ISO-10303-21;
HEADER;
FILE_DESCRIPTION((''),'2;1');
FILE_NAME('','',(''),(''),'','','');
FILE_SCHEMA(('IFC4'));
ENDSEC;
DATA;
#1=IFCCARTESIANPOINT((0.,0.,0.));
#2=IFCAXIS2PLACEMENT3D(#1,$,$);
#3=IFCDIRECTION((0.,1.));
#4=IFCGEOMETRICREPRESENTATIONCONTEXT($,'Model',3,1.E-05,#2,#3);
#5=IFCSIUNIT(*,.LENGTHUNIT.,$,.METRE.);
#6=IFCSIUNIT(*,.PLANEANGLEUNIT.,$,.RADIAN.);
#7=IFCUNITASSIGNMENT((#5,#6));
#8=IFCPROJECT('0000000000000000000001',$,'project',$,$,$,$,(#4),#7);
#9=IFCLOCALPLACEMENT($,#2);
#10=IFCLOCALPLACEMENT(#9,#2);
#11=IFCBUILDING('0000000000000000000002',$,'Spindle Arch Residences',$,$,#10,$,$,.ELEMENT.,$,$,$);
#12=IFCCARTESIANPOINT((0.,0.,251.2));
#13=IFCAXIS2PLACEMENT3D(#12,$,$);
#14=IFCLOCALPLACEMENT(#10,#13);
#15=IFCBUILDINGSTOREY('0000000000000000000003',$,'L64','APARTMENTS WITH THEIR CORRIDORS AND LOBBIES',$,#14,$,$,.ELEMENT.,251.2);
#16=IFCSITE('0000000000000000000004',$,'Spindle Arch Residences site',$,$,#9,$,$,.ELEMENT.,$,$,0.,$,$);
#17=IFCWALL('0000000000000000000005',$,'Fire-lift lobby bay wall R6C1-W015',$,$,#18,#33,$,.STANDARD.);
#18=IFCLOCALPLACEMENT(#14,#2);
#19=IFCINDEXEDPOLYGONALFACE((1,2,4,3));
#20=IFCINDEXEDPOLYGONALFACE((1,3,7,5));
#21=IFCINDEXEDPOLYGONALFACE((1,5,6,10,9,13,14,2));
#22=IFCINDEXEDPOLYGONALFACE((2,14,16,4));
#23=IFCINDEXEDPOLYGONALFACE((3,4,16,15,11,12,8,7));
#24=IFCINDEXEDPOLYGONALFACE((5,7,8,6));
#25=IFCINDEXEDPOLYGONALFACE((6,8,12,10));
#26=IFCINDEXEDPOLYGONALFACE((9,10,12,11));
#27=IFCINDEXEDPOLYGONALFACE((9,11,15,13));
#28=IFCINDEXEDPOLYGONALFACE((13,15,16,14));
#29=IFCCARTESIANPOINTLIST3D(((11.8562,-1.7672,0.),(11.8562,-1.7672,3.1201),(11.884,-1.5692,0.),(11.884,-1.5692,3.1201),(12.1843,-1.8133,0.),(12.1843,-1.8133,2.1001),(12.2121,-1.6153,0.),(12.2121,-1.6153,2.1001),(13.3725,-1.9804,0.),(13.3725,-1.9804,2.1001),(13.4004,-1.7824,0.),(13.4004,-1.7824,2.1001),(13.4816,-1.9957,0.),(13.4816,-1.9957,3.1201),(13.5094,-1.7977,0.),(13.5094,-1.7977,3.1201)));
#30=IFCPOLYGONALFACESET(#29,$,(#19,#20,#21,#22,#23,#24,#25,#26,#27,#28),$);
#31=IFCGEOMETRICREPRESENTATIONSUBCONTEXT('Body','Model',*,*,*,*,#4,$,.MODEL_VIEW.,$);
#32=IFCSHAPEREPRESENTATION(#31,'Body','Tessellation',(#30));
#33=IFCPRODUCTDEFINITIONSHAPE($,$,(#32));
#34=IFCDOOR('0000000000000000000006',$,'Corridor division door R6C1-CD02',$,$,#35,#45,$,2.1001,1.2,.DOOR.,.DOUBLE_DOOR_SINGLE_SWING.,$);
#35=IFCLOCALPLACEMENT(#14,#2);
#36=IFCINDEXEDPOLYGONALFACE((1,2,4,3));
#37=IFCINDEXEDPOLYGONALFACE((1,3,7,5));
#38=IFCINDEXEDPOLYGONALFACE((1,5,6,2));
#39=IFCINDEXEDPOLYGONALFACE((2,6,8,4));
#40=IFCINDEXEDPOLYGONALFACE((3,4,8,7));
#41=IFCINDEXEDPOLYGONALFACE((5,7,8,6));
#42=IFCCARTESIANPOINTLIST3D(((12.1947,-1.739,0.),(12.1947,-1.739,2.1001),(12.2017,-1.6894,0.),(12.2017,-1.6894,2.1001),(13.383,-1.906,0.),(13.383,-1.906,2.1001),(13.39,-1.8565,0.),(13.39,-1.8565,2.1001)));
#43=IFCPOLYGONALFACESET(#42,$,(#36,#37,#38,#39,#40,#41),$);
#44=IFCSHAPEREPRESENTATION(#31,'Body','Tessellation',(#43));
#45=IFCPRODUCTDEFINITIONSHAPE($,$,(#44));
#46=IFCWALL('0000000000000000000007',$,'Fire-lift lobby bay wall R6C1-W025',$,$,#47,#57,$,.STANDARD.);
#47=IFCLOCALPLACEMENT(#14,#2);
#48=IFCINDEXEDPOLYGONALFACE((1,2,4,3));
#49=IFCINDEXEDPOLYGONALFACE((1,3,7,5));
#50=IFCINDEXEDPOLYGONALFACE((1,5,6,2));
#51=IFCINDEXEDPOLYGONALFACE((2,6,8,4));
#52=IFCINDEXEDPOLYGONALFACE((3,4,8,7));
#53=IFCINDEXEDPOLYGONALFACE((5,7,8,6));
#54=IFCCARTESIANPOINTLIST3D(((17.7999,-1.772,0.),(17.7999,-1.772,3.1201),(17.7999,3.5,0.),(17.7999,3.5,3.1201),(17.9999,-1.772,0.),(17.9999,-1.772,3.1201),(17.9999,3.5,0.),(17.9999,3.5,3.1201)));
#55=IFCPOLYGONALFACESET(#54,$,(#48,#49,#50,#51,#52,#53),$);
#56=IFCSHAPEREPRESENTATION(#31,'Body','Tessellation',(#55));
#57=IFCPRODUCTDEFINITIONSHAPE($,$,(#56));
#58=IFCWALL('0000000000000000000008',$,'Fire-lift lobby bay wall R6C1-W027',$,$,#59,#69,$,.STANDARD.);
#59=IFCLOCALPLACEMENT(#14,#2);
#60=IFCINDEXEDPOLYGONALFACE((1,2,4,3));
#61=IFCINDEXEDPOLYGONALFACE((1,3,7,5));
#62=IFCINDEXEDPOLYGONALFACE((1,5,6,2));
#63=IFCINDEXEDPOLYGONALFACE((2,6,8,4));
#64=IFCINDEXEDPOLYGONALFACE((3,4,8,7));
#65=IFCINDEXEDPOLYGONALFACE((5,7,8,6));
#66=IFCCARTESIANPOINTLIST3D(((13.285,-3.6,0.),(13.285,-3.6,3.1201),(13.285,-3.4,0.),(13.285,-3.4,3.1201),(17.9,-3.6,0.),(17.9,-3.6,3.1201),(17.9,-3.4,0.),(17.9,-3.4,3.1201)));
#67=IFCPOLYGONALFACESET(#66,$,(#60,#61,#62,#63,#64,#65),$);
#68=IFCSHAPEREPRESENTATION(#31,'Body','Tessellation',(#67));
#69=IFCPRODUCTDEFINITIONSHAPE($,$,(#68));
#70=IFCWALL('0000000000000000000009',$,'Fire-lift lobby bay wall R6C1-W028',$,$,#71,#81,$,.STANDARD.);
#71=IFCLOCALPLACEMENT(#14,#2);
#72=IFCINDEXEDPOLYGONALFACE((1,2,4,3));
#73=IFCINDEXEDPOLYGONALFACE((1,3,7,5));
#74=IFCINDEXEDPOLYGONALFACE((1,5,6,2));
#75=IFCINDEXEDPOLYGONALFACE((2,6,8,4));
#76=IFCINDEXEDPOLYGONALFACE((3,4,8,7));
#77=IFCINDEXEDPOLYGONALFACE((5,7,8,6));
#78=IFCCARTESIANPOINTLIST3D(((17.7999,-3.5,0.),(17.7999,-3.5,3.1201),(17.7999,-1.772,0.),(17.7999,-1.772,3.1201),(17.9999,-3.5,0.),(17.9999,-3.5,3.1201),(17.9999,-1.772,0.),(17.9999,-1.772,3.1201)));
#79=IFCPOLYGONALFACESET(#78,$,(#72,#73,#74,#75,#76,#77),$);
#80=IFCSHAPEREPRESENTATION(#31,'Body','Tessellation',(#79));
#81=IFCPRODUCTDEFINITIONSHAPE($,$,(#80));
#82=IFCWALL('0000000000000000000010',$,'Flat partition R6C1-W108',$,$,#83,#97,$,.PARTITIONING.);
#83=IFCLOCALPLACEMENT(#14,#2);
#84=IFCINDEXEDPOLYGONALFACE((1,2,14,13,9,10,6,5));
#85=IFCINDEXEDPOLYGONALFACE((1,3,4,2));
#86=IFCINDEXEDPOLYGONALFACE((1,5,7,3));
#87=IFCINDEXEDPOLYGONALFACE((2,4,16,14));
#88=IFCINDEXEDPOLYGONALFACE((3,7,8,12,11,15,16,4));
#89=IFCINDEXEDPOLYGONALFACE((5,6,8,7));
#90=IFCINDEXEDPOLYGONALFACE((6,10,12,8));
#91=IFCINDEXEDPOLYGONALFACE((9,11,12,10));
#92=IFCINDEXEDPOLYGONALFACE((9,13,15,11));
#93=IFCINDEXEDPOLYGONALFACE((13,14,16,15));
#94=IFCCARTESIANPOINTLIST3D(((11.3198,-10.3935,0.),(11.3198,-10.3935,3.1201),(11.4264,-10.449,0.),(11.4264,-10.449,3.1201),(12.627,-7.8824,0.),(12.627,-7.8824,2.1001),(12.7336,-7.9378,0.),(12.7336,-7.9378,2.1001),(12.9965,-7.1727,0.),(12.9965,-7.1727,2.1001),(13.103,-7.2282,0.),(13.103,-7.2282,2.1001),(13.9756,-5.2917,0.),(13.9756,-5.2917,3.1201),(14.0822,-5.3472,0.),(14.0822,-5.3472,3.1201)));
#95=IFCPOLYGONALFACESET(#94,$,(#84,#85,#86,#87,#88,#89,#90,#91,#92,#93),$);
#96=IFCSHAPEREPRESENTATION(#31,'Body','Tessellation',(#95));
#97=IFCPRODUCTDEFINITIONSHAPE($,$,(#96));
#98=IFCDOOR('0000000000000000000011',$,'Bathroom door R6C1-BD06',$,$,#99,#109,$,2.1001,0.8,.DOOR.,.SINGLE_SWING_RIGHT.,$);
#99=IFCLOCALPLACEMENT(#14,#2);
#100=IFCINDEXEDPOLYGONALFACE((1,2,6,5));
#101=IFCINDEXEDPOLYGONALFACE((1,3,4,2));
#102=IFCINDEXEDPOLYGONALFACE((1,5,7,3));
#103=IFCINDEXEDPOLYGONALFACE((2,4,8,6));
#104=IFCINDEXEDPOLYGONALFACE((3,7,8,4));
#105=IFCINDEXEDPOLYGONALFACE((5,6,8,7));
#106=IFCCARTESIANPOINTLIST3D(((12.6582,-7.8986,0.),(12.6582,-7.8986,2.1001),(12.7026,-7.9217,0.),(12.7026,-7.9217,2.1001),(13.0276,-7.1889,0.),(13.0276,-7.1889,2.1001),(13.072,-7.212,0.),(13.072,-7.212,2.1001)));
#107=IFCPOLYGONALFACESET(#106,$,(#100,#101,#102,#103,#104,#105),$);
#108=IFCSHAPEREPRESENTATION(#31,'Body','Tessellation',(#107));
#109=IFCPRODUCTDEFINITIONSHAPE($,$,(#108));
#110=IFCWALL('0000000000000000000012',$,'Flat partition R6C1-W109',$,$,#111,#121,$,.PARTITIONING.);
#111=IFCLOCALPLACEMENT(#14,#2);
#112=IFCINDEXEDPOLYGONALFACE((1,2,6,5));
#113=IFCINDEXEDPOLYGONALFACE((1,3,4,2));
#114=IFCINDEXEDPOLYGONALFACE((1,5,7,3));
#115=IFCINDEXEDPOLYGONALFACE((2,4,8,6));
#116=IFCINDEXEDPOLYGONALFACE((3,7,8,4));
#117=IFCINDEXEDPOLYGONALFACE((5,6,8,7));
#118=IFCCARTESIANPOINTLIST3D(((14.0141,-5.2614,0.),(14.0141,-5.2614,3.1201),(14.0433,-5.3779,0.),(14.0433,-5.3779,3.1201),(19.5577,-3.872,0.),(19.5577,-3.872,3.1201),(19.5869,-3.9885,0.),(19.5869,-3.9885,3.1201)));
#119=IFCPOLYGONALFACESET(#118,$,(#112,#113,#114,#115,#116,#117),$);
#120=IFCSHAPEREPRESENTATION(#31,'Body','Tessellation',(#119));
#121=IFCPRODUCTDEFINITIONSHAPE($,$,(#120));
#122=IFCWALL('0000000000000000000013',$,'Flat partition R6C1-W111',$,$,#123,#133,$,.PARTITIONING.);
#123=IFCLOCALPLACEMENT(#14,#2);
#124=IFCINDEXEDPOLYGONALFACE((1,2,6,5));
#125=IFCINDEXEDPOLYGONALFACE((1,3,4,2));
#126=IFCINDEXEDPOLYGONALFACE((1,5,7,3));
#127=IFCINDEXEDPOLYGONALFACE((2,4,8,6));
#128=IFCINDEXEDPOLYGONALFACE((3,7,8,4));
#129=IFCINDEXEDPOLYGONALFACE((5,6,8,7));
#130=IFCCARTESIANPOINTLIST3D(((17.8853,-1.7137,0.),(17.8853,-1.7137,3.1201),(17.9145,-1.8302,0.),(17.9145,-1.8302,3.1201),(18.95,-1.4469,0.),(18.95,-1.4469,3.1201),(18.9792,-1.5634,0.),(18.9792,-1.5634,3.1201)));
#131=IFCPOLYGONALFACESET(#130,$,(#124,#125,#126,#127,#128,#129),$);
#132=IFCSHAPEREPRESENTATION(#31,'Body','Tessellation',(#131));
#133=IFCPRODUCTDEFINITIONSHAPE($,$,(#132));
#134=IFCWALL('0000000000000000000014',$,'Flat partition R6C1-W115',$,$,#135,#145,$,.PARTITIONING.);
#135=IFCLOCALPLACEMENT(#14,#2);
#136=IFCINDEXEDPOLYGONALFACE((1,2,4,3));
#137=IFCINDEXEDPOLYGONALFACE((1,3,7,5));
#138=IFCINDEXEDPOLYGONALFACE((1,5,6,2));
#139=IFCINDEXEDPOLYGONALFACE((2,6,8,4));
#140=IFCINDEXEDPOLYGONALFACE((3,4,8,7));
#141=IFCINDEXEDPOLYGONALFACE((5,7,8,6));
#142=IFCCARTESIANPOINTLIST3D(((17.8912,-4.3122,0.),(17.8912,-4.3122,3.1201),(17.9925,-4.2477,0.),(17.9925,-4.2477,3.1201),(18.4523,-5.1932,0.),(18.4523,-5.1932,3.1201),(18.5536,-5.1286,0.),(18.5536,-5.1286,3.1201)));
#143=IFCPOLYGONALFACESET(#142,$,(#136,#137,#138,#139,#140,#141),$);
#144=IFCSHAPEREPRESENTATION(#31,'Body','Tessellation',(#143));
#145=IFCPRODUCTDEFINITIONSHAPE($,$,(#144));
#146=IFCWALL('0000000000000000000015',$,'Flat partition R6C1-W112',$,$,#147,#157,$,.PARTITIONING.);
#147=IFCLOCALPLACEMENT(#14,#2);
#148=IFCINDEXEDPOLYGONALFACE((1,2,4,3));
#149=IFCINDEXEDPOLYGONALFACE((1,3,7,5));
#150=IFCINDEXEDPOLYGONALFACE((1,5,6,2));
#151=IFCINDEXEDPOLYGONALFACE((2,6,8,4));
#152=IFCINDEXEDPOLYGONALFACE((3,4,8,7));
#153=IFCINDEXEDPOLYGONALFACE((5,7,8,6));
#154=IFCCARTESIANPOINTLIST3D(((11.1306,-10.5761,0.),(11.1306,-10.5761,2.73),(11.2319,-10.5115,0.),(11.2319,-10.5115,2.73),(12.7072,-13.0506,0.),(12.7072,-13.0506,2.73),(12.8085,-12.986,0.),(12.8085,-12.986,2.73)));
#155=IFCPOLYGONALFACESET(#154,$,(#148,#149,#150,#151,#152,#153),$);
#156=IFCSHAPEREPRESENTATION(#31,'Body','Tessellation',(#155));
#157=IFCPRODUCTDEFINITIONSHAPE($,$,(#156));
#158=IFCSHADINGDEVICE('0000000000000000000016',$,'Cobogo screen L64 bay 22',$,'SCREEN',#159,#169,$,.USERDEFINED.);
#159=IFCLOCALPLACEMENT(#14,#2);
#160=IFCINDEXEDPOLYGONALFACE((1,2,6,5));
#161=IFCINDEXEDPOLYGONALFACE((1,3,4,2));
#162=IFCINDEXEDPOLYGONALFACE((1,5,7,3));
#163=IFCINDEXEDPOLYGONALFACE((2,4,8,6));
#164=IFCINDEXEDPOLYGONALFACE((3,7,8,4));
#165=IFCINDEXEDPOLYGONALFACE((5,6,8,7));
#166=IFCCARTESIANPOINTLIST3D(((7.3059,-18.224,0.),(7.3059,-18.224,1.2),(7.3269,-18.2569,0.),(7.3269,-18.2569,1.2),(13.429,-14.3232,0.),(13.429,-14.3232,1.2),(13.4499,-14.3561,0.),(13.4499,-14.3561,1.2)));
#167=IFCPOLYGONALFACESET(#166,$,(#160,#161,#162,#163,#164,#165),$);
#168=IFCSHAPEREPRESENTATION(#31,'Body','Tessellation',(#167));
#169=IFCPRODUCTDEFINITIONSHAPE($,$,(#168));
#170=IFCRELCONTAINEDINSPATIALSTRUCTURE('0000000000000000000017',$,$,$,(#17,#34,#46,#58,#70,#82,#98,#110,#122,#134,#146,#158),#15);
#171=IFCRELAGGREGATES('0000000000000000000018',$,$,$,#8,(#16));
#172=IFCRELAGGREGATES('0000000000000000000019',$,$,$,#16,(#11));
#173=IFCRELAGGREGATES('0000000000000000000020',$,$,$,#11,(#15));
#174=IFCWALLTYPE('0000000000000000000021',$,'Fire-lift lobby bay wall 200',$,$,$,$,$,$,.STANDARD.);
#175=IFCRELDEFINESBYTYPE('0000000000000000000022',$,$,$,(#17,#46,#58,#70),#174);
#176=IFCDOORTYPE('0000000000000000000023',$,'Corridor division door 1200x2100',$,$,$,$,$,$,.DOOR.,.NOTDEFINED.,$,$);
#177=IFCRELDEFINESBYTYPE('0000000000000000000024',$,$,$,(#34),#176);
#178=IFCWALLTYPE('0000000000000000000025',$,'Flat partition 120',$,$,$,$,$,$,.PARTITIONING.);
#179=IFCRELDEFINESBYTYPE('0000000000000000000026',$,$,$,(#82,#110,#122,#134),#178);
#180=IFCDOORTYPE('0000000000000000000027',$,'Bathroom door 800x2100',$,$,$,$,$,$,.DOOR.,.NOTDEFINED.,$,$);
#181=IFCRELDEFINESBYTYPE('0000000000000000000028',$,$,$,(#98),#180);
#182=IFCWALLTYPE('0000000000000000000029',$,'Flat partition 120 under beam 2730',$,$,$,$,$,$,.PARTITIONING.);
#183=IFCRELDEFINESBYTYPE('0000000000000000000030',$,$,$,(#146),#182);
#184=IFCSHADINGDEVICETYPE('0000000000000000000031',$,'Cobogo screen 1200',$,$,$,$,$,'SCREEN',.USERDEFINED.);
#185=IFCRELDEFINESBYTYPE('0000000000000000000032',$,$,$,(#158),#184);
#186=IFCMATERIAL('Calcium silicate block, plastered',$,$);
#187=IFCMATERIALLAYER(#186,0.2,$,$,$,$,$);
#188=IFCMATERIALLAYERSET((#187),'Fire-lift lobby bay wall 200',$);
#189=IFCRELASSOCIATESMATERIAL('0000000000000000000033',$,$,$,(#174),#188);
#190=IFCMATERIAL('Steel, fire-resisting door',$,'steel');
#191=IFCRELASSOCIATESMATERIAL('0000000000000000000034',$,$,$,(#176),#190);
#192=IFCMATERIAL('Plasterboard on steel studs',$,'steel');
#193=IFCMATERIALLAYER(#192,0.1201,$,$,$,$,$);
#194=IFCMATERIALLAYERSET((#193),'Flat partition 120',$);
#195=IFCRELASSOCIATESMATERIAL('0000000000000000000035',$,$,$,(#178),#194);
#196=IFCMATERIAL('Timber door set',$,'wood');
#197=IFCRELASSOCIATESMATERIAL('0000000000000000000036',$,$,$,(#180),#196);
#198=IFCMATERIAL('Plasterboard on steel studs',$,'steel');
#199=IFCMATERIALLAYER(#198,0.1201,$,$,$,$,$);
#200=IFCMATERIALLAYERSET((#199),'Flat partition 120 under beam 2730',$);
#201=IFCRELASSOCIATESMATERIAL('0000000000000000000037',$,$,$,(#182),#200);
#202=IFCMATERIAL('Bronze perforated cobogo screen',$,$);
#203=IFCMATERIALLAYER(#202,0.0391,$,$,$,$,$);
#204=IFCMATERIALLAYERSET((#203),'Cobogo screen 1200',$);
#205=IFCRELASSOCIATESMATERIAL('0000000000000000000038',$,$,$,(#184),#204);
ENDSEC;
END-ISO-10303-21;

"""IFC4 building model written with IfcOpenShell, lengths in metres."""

from ifc_helpers import new_model, si_unit, direction, frame, frame_2d, origin, origin_2d, place, context, subcontext, project, spatial, rectangle, extrude, material, layer, layer_set, type_object, element, fill, save


model = new_model("IFC4")

# Units and contexts
model_context = context("Model", 3, precision=1e-05, world=origin(), true_north=direction((0.0, 1.0)))
body_context = subcontext(model_context, "Body", "Model", "MODEL_VIEW")
ifc_project = project(units=[si_unit("LENGTHUNIT", "METRE"), si_unit("PLANEANGLEUNIT", "RADIAN")], contexts=[model_context])

# Site, building, storey
site_placement = place(None, origin())
site = spatial("IfcSite", under=ifc_project, at=site_placement, Name="Spindle Arch Residences site", CompositionType="ELEMENT", RefElevation=0.0)
building_placement = place(site_placement, origin())
building = spatial("IfcBuilding", under=site, at=building_placement, Name="Spindle Arch Residences", CompositionType="ELEMENT")
storey_placement = place(building_placement, frame((0.0, 0.0, 251.2)))
storey = spatial("IfcBuildingStorey", under=building, at=storey_placement, Name="L64", Description="APARTMENTS WITH THEIR CORRIDORS AND LOBBIES", CompositionType="ELEMENT", Elevation=251.2)

# Shared definitions
ifc_material_1 = material(Name="Calcium silicate block, plastered")
ifc_layer_1 = layer(ifc_material_1, 0.2)
ifc_layer_set_1 = layer_set([ifc_layer_1], Name="Fire-lift lobby bay wall 200")
wall_type_1 = type_object("IfcWallType", Name="Fire-lift lobby bay wall 200", PredefinedType="STANDARD", material=ifc_layer_set_1)

# Wall, opening, door
wall_1_placement = place(storey_placement, frame((13.4956, -1.8967, 0.0), z_axis=(0.0, 0.0, 1.0), x_axis=(-0.990262, 0.139214, 0.0)))
wall_1 = element("IfcWall", 1, at=wall_1_placement, inside=storey, type_object=wall_type_1, Name="Fire-lift lobby bay wall R6C1-W015", PredefinedType="STANDARD", context=body_context, shape_type="SweptSolid", body=[
    extrude(rectangle(XDim=1.6414, YDim=0.2, at=frame_2d((0.8208, 0.0))), origin(), (0.0, 0.0, 1.0), 3.1201),
])
opening_1_placement = place(wall_1_placement, frame((0.1101, 0.0, 0.0)))
opening_1 = element("IfcOpeningElement", 2, at=opening_1_placement, cuts=wall_1, PredefinedType="OPENING", context=body_context, shape_type="SweptSolid", body=[
    extrude(rectangle(XDim=1.2, YDim=2.1001, at=frame_2d((0.6001, 1.05))), frame((0.0, 0.1099, 0.0), z_axis=(0.0, -1.0, 0.0), x_axis=(1.0, 0.0, 0.0)), (0.0, 0.0, 1.0), 0.22),
])
ifc_material_2 = material(Name="Steel, fire-resisting door", Category="steel")
door_type_1 = type_object("IfcDoorType", Name="Corridor division door 1200x2100", OperationType="NOTDEFINED", PredefinedType="DOOR", material=ifc_material_2)
door_1_placement = place(opening_1_placement, origin())
door_1 = element("IfcDoor", 3, at=door_1_placement, inside=storey, type_object=door_type_1, Name="Corridor division door R6C1-CD02", OperationType="DOUBLE_DOOR_SINGLE_SWING", OverallHeight=2.1001, OverallWidth=1.2, PredefinedType="DOOR", context=body_context, shape_type="SweptSolid", body=[
    extrude(rectangle(XDim=1.2, YDim=2.1001, at=frame_2d((0.6001, 1.05))), frame((0.0, 0.0249, 0.0), z_axis=(0.0, -1.0, 0.0), x_axis=(1.0, 0.0, 0.0)), (0.0, 0.0, 1.0), 0.05),
])
fill(opening_1, door_1)

# Walls
wall_2_placement = place(storey_placement, frame((17.8999, -1.772, 0.0), z_axis=(0.0, 0.0, 1.0), x_axis=(0.0, 1.0, 0.0)))
element("IfcWall", 4, at=wall_2_placement, inside=storey, type_object=wall_type_1, Name="Fire-lift lobby bay wall R6C1-W025", PredefinedType="STANDARD", context=body_context, shape_type="SweptSolid", body=[
    extrude(rectangle(XDim=5.272, YDim=0.2, at=frame_2d((2.636, 0.0))), origin(), (0.0, 0.0, 1.0), 3.1201),
])
wall_3_placement = place(storey_placement, frame((13.2849, -3.5, 0.0), z_axis=(0.0, 0.0, 1.0), x_axis=(1.0, 0.0, 0.0)))
element("IfcWall", 5, at=wall_3_placement, inside=storey, type_object=wall_type_1, Name="Fire-lift lobby bay wall R6C1-W027", PredefinedType="STANDARD", context=body_context, shape_type="SweptSolid", body=[
    extrude(rectangle(XDim=4.615, YDim=0.2, at=frame_2d((2.3076, 0.0))), origin(), (0.0, 0.0, 1.0), 3.1201),
])
wall_4_placement = place(storey_placement, frame((17.8999, -3.5, 0.0), z_axis=(0.0, 0.0, 1.0), x_axis=(0.0, 1.0, 0.0)))
element("IfcWall", 6, at=wall_4_placement, inside=storey, type_object=wall_type_1, Name="Fire-lift lobby bay wall R6C1-W028", PredefinedType="STANDARD", context=body_context, shape_type="SweptSolid", body=[
    extrude(rectangle(XDim=1.728, YDim=0.2, at=frame_2d((0.864, 0.0))), origin(), (0.0, 0.0, 1.0), 3.1201),
])

# Wall, opening, door
ifc_material_3 = material(Name="Plasterboard on steel studs", Category="steel")
ifc_layer_2 = layer(ifc_material_3, 0.1201)
ifc_layer_set_2 = layer_set([ifc_layer_2], Name="Flat partition 120")
wall_type_2 = type_object("IfcWallType", Name="Flat partition 120", PredefinedType="PARTITIONING", material=ifc_layer_set_2)
wall_5_placement = place(storey_placement, frame((11.373, -10.4214, 0.0), z_axis=(0.0, 0.0, 1.0), x_axis=(0.461739, 0.887016, 0.0)))
wall_5 = element("IfcWall", 7, at=wall_5_placement, inside=storey, type_object=wall_type_2, Name="Flat partition R6C1-W108", PredefinedType="PARTITIONING", context=body_context, shape_type="SweptSolid", body=[
    extrude(rectangle(XDim=5.7517, YDim=0.1201, at=frame_2d((2.876, 0.0))), origin(), (0.0, 0.0, 1.0), 3.1201),
])
opening_2_placement = place(wall_5_placement, frame((2.8313, 0.0, 0.0)))
opening_2 = element("IfcOpeningElement", 8, at=opening_2_placement, cuts=wall_5, PredefinedType="OPENING", context=body_context, shape_type="SweptSolid", body=[
    extrude(rectangle(XDim=0.8, YDim=2.1001, at=frame_2d((0.3999, 1.05))), frame((0.0, 0.0701, 0.0), z_axis=(0.0, -1.0, 0.0), x_axis=(1.0, 0.0, 0.0)), (0.0, 0.0, 1.0), 0.1401),
])
ifc_material_4 = material(Name="Timber door set", Category="wood")
door_type_2 = type_object("IfcDoorType", Name="Bathroom door 800x2100", OperationType="NOTDEFINED", PredefinedType="DOOR", material=ifc_material_4)
door_2_placement = place(opening_2_placement, origin())
door_2 = element("IfcDoor", 9, at=door_2_placement, inside=storey, type_object=door_type_2, Name="Bathroom door R6C1-BD06", OperationType="SINGLE_SWING_RIGHT", OverallHeight=2.1001, OverallWidth=0.8, PredefinedType="DOOR", context=body_context, shape_type="SweptSolid", body=[
    extrude(rectangle(XDim=0.8, YDim=2.1001, at=frame_2d((0.3999, 1.05))), frame((0.0, 0.0249, 0.0), z_axis=(0.0, -1.0, 0.0), x_axis=(1.0, 0.0, 0.0)), (0.0, 0.0, 1.0), 0.05),
])
fill(opening_2, door_2)

# Walls
wall_6_placement = place(storey_placement, frame((14.0288, -5.3196, 0.0), z_axis=(0.0, 0.0, 1.0), x_axis=(0.969999, 0.243109, 0.0)))
element("IfcWall", 10, at=wall_6_placement, inside=storey, type_object=wall_type_2, Name="Flat partition R6C1-W109", PredefinedType="PARTITIONING", context=body_context, shape_type="SweptSolid", body=[
    extrude(rectangle(XDim=5.7151, YDim=0.1201, at=frame_2d((2.8574, 0.0))), origin(), (0.0, 0.0, 1.0), 3.1201),
])
wall_7_placement = place(storey_placement, frame((18.9646, -1.5051, 0.0), z_axis=(0.0, 0.0, 1.0), x_axis=(-0.969998, -0.243111, 0.0)))
element("IfcWall", 11, at=wall_7_placement, inside=storey, type_object=wall_type_2, Name="Flat partition R6C1-W111", PredefinedType="PARTITIONING", context=body_context, shape_type="SweptSolid", body=[
    extrude(rectangle(XDim=1.0977, YDim=0.1201, at=frame_2d((0.5488, 0.0))), origin(), (0.0, 0.0, 1.0), 3.1201),
])
wall_8_placement = place(storey_placement, frame((18.5029, -5.1609, 0.0), z_axis=(0.0, 0.0, 1.0), x_axis=(-0.537208, 0.84345, 0.0)))
element("IfcWall", 12, at=wall_8_placement, inside=storey, type_object=wall_type_2, Name="Flat partition R6C1-W115", PredefinedType="PARTITIONING", context=body_context, shape_type="SweptSolid", body=[
    extrude(rectangle(XDim=1.0444, YDim=0.1201, at=frame_2d((0.5222, 0.0))), origin(), (0.0, 0.0, 1.0), 3.1201),
])
ifc_material_5 = material(Name="Plasterboard on steel studs", Category="steel")
ifc_layer_3 = layer(ifc_material_5, 0.1201)
ifc_layer_set_3 = layer_set([ifc_layer_3], Name="Flat partition 120 under beam 2730")
wall_type_3 = type_object("IfcWallType", Name="Flat partition 120 under beam 2730", PredefinedType="PARTITIONING", material=ifc_layer_set_3)
wall_9_placement = place(storey_placement, frame((12.7578, -13.0183, 0.0), z_axis=(0.0, 0.0, 1.0), x_axis=(-0.537338, 0.843367, 0.0)))
element("IfcWall", 13, at=wall_9_placement, inside=storey, type_object=wall_type_3, Name="Flat partition R6C1-W112", PredefinedType="PARTITIONING", context=body_context, shape_type="SweptSolid", body=[
    extrude(rectangle(XDim=2.9341, YDim=0.1201, at=frame_2d((1.467, 0.0))), origin(), (0.0, 0.0, 1.0), 2.73),
])

# Shading device
ifc_material_6 = material(Name="Bronze perforated cobogo screen")
ifc_layer_4 = layer(ifc_material_6, 0.0391)
ifc_layer_set_4 = layer_set([ifc_layer_4], Name="Cobogo screen 1200")
shading_device_type = type_object("IfcShadingDeviceType", Name="Cobogo screen 1200", ElementType="SCREEN", PredefinedType="USERDEFINED", material=ifc_layer_set_4)
shading_device_placement = place(storey_placement, frame((10.3779, -16.29, 0.0), z_axis=(0.0, 0.0, 1.0), x_axis=(0.843391, 0.5373, 0.0)))
element("IfcShadingDevice", 14, at=shading_device_placement, inside=storey, type_object=shading_device_type, Name="Cobogo screen L64 bay 22", ObjectType="SCREEN", PredefinedType="USERDEFINED", context=body_context, shape_type="SweptSolid", body=[
    extrude(rectangle(XDim=7.26, YDim=0.0391, at=origin_2d()), origin(), (0.0, 0.0, 1.0), 1.2),
])

save(model, "model.ifc")
